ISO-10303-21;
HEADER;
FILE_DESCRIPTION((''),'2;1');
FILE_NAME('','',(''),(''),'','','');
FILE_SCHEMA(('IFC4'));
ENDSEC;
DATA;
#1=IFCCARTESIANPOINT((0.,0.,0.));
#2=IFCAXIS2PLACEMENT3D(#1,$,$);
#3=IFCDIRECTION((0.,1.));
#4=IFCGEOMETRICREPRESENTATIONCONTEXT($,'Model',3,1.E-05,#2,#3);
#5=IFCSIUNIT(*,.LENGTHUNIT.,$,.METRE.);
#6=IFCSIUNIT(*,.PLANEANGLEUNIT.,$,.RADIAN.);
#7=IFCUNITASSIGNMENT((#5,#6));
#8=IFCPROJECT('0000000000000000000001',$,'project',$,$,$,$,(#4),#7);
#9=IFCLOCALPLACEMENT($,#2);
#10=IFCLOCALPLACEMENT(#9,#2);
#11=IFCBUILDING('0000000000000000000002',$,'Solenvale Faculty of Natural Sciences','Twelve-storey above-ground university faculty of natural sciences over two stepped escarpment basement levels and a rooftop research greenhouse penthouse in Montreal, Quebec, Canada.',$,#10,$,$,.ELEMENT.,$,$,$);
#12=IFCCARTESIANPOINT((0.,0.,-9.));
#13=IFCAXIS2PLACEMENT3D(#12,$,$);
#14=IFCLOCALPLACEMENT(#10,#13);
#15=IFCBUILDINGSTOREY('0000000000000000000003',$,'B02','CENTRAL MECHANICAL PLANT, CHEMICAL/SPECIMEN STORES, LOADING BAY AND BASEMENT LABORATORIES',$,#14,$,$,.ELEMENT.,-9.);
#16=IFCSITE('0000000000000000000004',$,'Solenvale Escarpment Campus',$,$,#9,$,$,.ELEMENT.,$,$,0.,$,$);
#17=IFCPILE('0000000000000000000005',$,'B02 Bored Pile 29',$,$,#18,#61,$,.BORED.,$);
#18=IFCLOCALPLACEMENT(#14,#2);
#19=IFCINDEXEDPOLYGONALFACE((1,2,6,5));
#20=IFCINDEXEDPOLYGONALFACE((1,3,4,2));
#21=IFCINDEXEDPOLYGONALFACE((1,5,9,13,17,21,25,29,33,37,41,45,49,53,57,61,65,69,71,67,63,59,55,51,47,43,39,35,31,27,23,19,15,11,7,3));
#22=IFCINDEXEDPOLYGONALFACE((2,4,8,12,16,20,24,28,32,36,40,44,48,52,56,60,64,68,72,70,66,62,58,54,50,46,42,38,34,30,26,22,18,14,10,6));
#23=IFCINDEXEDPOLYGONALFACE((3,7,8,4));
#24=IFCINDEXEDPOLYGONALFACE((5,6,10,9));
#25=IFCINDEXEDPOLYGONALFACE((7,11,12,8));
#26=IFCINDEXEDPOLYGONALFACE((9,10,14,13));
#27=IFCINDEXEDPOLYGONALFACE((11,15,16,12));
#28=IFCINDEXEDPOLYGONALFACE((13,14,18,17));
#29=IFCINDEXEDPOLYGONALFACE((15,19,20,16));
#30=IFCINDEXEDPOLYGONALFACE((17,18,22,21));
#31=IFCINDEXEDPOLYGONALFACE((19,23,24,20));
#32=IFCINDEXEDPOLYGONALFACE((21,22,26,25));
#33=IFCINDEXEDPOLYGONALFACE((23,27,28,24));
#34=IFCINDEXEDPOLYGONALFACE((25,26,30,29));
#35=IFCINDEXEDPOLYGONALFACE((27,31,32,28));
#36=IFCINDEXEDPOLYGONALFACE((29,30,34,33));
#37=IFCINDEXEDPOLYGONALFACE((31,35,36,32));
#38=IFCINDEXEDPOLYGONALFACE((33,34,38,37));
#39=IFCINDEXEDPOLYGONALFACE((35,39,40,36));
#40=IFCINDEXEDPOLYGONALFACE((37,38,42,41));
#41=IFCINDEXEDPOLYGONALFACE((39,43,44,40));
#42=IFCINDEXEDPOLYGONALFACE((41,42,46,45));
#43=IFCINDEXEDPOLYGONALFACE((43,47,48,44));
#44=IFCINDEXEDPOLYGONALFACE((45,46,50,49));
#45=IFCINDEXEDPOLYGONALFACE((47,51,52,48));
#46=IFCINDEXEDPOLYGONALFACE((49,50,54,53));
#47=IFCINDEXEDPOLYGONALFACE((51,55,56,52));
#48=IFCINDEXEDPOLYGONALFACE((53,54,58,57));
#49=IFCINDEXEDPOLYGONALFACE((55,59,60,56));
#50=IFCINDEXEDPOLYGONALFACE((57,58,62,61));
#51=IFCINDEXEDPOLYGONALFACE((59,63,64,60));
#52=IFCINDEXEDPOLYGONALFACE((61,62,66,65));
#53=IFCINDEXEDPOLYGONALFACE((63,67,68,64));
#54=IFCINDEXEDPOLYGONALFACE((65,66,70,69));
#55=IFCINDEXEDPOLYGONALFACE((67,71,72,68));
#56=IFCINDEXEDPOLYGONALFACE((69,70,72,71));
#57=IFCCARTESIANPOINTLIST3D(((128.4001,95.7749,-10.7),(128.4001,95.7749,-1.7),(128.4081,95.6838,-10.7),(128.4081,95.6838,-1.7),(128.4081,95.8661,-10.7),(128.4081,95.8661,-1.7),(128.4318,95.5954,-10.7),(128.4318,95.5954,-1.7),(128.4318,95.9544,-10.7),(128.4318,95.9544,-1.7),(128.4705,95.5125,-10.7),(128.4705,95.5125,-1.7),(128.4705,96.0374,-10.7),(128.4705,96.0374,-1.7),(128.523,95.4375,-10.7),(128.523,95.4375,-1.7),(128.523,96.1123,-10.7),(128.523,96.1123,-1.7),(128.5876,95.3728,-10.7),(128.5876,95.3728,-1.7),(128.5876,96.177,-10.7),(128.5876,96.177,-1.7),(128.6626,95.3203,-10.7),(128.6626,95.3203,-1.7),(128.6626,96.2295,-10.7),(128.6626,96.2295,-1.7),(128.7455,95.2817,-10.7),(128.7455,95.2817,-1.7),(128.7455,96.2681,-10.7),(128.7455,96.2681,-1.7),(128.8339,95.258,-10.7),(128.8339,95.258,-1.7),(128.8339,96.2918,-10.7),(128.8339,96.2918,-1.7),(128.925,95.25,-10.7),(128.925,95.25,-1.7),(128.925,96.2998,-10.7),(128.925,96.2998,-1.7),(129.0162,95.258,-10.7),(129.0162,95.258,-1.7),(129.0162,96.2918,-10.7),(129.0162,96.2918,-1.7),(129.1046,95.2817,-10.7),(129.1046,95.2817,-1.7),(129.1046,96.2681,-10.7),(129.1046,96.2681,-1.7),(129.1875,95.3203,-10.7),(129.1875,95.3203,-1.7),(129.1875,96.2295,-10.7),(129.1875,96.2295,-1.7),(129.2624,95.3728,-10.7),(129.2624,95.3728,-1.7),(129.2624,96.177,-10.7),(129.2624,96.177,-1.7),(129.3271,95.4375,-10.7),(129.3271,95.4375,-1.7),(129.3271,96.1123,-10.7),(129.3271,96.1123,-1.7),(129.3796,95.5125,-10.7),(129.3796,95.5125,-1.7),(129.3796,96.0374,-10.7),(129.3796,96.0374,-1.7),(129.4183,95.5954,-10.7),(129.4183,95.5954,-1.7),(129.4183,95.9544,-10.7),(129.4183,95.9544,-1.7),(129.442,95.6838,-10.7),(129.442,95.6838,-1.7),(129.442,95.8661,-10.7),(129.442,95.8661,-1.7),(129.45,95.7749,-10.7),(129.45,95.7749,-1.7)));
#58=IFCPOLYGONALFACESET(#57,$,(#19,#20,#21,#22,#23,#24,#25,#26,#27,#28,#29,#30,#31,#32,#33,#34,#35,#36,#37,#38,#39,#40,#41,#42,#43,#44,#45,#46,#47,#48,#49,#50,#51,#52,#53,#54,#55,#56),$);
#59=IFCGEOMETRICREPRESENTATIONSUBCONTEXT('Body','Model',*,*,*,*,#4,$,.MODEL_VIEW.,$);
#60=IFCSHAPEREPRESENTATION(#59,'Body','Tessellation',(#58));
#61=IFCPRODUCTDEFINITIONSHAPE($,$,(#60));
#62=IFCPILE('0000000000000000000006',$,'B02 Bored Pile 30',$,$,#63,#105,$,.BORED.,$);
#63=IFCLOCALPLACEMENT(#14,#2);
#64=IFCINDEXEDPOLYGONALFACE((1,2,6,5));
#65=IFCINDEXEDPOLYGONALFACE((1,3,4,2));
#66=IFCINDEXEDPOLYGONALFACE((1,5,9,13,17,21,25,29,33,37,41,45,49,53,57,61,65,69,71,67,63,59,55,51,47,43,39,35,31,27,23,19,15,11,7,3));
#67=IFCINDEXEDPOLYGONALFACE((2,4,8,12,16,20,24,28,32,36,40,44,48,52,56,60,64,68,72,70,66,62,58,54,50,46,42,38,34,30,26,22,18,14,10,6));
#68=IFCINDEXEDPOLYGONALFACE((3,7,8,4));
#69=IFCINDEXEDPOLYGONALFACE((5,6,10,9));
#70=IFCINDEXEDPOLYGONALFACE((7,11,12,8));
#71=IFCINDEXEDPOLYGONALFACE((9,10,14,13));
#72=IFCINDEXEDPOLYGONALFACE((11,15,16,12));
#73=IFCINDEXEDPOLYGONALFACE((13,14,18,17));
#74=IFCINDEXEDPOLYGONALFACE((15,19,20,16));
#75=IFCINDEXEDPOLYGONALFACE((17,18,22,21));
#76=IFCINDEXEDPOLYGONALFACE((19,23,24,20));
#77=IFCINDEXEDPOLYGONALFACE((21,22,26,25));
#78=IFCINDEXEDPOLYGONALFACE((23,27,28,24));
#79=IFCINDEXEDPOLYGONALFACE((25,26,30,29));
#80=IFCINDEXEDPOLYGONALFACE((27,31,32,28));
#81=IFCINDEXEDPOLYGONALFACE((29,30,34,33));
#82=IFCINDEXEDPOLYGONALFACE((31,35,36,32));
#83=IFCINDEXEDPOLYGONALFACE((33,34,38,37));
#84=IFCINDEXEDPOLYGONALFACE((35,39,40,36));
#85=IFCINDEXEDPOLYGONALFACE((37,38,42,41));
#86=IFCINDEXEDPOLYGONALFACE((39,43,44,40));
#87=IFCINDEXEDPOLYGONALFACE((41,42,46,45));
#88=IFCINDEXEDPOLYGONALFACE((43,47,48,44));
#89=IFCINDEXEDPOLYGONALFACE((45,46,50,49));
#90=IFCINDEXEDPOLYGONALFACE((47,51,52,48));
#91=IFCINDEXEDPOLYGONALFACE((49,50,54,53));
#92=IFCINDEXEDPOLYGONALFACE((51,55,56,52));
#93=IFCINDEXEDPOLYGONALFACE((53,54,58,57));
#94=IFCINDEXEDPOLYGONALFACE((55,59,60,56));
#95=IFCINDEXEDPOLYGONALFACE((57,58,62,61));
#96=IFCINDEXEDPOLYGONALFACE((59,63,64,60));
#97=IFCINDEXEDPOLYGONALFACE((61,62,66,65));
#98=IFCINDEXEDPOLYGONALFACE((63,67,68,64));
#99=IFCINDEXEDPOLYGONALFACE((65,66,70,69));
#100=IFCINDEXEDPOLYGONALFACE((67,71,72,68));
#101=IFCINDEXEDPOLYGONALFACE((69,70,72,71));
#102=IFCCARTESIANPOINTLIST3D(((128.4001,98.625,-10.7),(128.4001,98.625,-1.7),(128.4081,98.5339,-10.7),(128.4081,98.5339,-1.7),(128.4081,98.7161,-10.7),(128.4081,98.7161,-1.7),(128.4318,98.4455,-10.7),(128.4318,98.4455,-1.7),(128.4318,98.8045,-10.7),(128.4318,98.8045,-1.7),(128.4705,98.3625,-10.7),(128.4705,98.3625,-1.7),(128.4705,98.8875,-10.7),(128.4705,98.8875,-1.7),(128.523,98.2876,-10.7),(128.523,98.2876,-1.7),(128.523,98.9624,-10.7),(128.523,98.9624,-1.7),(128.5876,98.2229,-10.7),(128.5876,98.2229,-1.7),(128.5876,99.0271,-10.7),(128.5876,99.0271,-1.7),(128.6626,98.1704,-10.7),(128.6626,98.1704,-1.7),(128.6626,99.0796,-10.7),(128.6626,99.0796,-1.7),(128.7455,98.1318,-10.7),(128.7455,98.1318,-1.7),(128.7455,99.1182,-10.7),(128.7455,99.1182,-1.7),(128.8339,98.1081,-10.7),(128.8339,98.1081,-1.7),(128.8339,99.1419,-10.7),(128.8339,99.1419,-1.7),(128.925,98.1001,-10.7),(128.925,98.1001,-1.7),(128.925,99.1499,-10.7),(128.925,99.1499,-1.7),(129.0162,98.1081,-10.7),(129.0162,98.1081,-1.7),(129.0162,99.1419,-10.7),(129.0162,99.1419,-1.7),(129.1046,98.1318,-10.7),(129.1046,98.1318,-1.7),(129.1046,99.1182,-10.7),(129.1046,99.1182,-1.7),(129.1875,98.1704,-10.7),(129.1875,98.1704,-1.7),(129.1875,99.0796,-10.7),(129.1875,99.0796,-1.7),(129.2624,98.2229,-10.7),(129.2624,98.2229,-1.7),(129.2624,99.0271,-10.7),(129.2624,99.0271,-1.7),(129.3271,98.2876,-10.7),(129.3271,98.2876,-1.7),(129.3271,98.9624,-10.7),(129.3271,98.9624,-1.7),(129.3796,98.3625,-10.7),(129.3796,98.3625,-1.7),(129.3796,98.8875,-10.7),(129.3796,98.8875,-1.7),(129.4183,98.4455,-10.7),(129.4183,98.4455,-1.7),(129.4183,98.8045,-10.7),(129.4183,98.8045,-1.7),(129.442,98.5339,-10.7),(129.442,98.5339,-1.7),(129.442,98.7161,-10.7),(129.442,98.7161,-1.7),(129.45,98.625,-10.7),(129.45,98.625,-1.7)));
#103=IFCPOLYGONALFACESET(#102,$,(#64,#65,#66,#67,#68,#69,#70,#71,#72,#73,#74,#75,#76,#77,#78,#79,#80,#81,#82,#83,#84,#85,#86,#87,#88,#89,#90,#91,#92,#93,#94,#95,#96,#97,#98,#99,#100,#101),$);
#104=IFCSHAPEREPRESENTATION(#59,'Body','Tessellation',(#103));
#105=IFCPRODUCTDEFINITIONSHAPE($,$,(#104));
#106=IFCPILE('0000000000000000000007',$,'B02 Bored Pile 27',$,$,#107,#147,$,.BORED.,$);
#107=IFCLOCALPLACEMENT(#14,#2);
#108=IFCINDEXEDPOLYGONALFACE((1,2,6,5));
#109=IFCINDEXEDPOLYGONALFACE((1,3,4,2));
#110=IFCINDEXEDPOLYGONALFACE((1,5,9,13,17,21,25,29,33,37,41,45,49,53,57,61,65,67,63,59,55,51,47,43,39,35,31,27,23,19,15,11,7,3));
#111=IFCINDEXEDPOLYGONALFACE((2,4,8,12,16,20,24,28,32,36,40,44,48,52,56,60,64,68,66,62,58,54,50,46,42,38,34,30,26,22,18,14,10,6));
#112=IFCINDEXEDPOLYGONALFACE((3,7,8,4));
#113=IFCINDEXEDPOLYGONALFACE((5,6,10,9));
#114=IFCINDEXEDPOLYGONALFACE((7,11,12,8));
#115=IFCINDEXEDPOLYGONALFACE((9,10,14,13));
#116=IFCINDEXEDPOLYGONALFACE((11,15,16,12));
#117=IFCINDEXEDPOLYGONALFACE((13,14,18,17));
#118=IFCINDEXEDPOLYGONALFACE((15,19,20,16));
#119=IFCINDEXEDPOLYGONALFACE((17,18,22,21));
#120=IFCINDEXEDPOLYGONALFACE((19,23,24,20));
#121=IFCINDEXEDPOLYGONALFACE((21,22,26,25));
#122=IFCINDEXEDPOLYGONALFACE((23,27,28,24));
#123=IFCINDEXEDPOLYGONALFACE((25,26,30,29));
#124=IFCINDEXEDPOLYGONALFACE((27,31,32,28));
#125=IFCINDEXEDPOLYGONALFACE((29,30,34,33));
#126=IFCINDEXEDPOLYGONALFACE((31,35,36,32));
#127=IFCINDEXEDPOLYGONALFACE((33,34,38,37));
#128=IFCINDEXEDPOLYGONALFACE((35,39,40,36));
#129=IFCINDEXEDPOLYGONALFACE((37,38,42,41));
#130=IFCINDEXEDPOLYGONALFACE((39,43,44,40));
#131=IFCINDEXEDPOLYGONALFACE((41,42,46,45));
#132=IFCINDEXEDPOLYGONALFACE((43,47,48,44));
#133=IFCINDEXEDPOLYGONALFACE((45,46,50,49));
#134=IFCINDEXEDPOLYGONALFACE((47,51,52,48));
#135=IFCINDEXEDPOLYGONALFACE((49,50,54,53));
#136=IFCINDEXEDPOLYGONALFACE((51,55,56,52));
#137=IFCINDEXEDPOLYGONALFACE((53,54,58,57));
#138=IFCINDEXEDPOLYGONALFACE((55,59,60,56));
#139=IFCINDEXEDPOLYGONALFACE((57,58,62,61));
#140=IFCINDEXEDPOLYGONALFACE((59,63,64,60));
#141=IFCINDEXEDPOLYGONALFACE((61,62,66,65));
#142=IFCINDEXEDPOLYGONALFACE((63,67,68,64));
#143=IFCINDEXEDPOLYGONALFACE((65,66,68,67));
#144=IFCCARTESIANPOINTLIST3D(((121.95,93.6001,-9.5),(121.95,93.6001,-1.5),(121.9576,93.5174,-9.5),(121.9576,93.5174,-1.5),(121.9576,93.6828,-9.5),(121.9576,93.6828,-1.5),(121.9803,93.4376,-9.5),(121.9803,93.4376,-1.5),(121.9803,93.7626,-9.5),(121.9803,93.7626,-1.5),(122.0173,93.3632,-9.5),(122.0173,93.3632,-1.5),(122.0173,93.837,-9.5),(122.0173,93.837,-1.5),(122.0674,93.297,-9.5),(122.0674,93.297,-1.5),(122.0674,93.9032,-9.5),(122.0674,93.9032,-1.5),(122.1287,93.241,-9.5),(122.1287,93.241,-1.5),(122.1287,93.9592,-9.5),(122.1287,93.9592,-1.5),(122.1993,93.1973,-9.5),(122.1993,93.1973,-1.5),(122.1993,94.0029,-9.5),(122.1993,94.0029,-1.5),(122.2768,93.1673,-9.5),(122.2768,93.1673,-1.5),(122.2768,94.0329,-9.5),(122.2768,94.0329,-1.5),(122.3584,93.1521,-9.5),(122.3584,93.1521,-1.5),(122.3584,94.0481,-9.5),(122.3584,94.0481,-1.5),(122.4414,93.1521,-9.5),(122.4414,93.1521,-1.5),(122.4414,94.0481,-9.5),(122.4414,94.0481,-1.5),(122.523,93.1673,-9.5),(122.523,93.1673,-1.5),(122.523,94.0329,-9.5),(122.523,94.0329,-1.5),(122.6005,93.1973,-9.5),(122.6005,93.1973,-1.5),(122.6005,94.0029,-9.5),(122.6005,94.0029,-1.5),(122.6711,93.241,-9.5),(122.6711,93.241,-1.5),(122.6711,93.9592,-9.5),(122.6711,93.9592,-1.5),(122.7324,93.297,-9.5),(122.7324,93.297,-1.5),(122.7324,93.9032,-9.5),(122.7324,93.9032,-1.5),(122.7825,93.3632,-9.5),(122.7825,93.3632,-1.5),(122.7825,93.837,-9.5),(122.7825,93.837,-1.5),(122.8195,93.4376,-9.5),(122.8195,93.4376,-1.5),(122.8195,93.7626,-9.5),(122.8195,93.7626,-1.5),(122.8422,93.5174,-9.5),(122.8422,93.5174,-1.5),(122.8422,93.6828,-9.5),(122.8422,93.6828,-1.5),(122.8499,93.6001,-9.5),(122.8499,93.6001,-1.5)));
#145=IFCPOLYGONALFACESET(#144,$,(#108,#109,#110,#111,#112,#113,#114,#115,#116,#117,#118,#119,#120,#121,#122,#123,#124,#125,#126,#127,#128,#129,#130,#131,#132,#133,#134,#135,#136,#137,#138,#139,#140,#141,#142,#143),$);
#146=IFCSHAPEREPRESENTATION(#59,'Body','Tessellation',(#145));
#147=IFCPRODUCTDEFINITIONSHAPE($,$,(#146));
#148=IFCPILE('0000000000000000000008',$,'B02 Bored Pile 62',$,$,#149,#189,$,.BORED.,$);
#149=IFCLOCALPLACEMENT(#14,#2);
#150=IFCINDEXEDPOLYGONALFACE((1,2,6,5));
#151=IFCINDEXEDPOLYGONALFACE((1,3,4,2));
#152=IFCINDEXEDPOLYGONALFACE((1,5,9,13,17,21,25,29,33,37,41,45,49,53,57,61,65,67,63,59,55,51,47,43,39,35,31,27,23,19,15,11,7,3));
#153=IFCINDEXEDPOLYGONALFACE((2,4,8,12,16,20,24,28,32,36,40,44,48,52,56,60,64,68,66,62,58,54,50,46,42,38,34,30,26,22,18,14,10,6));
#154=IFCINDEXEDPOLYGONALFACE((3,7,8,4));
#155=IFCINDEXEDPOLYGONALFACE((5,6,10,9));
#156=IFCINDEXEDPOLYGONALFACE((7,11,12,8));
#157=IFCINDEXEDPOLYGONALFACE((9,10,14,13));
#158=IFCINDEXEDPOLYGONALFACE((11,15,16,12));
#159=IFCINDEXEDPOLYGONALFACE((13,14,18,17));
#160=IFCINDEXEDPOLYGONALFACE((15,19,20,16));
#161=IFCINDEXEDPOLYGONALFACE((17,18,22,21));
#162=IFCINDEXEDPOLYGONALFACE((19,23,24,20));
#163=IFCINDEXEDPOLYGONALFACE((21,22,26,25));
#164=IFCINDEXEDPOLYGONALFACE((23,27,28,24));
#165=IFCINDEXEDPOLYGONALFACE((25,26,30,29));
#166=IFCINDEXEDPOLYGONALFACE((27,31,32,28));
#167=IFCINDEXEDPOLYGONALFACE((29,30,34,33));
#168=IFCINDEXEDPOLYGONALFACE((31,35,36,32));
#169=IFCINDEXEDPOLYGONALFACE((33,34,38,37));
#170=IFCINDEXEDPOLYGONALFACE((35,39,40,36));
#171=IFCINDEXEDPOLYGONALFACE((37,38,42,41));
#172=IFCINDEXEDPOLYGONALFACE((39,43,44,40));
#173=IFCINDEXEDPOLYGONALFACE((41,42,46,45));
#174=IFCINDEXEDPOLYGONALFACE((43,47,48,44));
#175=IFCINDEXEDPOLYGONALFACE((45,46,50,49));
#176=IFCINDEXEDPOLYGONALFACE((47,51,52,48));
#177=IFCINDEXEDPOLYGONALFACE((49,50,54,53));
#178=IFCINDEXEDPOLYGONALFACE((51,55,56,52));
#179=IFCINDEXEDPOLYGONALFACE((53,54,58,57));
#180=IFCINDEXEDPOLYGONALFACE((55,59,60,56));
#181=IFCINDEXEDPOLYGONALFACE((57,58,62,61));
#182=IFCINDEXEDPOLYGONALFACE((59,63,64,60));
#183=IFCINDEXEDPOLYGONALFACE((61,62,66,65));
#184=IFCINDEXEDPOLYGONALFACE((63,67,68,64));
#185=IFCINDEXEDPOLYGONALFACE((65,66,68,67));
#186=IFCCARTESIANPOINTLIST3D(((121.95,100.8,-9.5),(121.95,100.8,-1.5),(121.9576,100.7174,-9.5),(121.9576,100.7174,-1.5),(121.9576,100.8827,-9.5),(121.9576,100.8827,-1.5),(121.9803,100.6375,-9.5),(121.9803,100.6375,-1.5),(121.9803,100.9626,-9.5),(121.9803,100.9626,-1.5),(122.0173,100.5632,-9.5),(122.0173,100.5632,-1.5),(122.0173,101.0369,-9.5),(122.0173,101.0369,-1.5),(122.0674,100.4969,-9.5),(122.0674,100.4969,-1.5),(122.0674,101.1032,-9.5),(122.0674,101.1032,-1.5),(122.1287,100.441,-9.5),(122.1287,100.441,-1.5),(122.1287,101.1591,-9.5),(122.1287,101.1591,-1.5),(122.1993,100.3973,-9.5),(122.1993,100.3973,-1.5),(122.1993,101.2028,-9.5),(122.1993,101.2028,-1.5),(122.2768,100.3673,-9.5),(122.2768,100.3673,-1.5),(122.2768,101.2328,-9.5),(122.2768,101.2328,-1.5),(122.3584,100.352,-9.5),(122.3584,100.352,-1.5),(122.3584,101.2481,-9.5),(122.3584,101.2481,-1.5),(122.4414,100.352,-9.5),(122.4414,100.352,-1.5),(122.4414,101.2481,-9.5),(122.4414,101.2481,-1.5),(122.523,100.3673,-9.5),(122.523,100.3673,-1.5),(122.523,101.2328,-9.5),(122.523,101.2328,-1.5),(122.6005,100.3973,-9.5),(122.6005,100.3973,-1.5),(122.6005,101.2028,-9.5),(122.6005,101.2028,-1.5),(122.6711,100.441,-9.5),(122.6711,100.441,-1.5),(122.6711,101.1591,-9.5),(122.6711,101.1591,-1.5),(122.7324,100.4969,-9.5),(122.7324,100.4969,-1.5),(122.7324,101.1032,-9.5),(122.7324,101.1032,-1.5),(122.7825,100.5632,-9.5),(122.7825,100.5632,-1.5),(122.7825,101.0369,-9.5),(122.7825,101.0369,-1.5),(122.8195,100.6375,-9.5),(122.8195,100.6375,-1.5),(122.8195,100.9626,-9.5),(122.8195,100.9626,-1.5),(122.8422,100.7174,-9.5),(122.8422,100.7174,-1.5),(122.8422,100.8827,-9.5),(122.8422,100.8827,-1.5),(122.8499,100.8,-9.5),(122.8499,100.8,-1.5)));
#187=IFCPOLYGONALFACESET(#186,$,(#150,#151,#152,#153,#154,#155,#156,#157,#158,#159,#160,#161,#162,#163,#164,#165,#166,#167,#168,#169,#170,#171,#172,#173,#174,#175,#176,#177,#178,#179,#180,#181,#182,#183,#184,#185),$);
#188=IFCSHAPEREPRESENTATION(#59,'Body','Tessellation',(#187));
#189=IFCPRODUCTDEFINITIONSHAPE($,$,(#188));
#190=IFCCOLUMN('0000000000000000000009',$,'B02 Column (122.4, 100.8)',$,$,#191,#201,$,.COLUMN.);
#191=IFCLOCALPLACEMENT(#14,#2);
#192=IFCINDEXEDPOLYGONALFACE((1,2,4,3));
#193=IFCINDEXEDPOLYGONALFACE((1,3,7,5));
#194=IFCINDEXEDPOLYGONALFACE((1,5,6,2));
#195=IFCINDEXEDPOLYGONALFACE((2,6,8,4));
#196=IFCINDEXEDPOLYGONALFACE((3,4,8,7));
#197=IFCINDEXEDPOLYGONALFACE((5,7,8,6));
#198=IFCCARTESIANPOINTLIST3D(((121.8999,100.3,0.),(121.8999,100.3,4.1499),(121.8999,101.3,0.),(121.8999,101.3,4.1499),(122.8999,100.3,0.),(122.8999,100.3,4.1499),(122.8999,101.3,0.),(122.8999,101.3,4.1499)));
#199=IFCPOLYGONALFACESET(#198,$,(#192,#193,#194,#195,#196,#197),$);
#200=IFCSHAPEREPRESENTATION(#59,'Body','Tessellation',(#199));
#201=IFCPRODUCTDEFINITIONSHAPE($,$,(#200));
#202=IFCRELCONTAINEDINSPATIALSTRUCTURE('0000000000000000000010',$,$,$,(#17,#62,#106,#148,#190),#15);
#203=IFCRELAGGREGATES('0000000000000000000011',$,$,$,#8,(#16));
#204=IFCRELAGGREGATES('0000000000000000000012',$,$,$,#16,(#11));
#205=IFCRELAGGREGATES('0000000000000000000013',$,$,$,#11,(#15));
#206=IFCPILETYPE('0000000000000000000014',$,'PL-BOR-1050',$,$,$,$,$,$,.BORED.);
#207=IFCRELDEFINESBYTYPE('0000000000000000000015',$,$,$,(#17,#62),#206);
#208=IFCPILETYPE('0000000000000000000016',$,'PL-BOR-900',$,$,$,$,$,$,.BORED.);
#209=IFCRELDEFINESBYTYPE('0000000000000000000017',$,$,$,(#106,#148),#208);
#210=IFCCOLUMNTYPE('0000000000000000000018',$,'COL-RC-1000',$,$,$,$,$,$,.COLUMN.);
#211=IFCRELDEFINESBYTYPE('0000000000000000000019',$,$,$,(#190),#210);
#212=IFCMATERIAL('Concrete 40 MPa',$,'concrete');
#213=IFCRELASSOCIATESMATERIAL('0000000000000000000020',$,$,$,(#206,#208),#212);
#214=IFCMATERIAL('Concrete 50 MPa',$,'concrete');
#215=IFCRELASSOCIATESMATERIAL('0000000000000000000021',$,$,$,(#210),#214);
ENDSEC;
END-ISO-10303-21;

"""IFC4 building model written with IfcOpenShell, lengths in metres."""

from ifc_helpers import new_model, si_unit, direction, frame, origin, origin_2d, place, context, subcontext, project, spatial, rectangle, circle, extrude, material, material_profile, profile_set, type_object, element, save


model = new_model("IFC4")

# Units and contexts
model_context = context("Model", 3, precision=1e-05, world=origin(), true_north=direction((0.0, 1.0)))
body_context = subcontext(model_context, "Body", "Model", "MODEL_VIEW")
ifc_project = project(units=[si_unit("LENGTHUNIT", "METRE"), si_unit("PLANEANGLEUNIT", "RADIAN")], contexts=[model_context])

# Site, building, storey
site_placement = place(None, origin())
site = spatial("IfcSite", under=ifc_project, at=site_placement, Name="Solenvale Escarpment Campus", CompositionType="ELEMENT", RefElevation=0.0)
building_placement = place(site_placement, origin())
building = spatial("IfcBuilding", under=site, at=building_placement, Name="Solenvale Faculty of Natural Sciences", Description="Twelve-storey above-ground university faculty of natural sciences over two stepped escarpment basement levels and a rooftop research greenhouse penthouse in Montreal, Quebec, Canada.", CompositionType="ELEMENT")
storey_placement = place(building_placement, frame((0.0, 0.0, -9.0)))
storey = spatial("IfcBuildingStorey", under=building, at=storey_placement, Name="B02", Description="CENTRAL MECHANICAL PLANT, CHEMICAL/SPECIMEN STORES, LOADING BAY AND BASEMENT LABORATORIES", CompositionType="ELEMENT", Elevation=-9.0)

# Shared definitions
ifc_material_1 = material(Name="Concrete 40 MPa", Category="concrete")

# Piles
ifc_material_profile_1 = material_profile(ifc_material_1, circle(Radius=0.5249, at=origin_2d()), Name="PILE-D1050")
ifc_profile_set_1 = profile_set([ifc_material_profile_1], Name="Concrete 40 MPa")
pile_type_1 = type_object("IfcPileType", Name="PL-BOR-1050", PredefinedType="BORED", material=ifc_profile_set_1)
for number, where, z_axis, x_axis, name in (
    (1, (128.925, 95.7749, -1.7), (0.0, 0.0, -1.0), (1.0, 0.0, 0.0), "B02 Bored Pile 29"),
    (2, (128.925, 98.625, -1.7), (0.0, 0.0, -1.0), (1.0, 0.0, 0.0), "B02 Bored Pile 30"),
):
    element("IfcPile", number, at=place(storey_placement, frame(where, z_axis=z_axis, x_axis=x_axis)), inside=storey, type_object=pile_type_1, Name=name, PredefinedType="BORED", context=body_context, shape_type="SweptSolid", body=[
        extrude(circle(Radius=0.5249, at=origin_2d()), origin(), (0.0, 0.0, 1.0), 9.0),
    ])
ifc_material_profile_2 = material_profile(ifc_material_1, circle(Radius=0.45, at=origin_2d()), Name="PILE-D900")
ifc_profile_set_2 = profile_set([ifc_material_profile_2], Name="Concrete 40 MPa")
pile_type_2 = type_object("IfcPileType", Name="PL-BOR-900", PredefinedType="BORED", material=ifc_profile_set_2)
for number, where, z_axis, x_axis, name in (
    (3, (122.3999, 93.6001, -1.5), (0.0, 0.0, -1.0), (1.0, 0.0, 0.0), "B02 Bored Pile 27"),
    (4, (122.3999, 100.8, -1.5), (0.0, 0.0, -1.0), (1.0, 0.0, 0.0), "B02 Bored Pile 62"),
):
    element("IfcPile", number, at=place(storey_placement, frame(where, z_axis=z_axis, x_axis=x_axis)), inside=storey, type_object=pile_type_2, Name=name, PredefinedType="BORED", context=body_context, shape_type="SweptSolid", body=[
        extrude(circle(Radius=0.45, at=origin_2d()), origin(), (0.0, 0.0, 1.0), 8.0),
    ])

# Column
ifc_material_2 = material(Name="Concrete 50 MPa", Category="concrete")
ifc_material_profile_3 = material_profile(ifc_material_2, rectangle(XDim=1.0, YDim=1.0, at=origin_2d()), Name="RC-COL-1000x1000")
ifc_profile_set_3 = profile_set([ifc_material_profile_3], Name="Concrete 50 MPa")
column_type_1 = type_object("IfcColumnType", Name="COL-RC-1000", PredefinedType="COLUMN", material=ifc_profile_set_3)
column_1_placement = place(storey_placement, frame((122.3999, 100.8, 0.0), z_axis=(0.0, 0.0, 1.0), x_axis=(1.0, 0.0, 0.0)))
element("IfcColumn", 5, at=column_1_placement, inside=storey, type_object=column_type_1, Name="B02 Column (122.4, 100.8)", PredefinedType="COLUMN", context=body_context, shape_type="SweptSolid", body=[
    extrude(rectangle(XDim=1.0, YDim=1.0, at=origin_2d()), origin(), (0.0, 0.0, 1.0), 4.1499),
])

save(model, "model.ifc")
